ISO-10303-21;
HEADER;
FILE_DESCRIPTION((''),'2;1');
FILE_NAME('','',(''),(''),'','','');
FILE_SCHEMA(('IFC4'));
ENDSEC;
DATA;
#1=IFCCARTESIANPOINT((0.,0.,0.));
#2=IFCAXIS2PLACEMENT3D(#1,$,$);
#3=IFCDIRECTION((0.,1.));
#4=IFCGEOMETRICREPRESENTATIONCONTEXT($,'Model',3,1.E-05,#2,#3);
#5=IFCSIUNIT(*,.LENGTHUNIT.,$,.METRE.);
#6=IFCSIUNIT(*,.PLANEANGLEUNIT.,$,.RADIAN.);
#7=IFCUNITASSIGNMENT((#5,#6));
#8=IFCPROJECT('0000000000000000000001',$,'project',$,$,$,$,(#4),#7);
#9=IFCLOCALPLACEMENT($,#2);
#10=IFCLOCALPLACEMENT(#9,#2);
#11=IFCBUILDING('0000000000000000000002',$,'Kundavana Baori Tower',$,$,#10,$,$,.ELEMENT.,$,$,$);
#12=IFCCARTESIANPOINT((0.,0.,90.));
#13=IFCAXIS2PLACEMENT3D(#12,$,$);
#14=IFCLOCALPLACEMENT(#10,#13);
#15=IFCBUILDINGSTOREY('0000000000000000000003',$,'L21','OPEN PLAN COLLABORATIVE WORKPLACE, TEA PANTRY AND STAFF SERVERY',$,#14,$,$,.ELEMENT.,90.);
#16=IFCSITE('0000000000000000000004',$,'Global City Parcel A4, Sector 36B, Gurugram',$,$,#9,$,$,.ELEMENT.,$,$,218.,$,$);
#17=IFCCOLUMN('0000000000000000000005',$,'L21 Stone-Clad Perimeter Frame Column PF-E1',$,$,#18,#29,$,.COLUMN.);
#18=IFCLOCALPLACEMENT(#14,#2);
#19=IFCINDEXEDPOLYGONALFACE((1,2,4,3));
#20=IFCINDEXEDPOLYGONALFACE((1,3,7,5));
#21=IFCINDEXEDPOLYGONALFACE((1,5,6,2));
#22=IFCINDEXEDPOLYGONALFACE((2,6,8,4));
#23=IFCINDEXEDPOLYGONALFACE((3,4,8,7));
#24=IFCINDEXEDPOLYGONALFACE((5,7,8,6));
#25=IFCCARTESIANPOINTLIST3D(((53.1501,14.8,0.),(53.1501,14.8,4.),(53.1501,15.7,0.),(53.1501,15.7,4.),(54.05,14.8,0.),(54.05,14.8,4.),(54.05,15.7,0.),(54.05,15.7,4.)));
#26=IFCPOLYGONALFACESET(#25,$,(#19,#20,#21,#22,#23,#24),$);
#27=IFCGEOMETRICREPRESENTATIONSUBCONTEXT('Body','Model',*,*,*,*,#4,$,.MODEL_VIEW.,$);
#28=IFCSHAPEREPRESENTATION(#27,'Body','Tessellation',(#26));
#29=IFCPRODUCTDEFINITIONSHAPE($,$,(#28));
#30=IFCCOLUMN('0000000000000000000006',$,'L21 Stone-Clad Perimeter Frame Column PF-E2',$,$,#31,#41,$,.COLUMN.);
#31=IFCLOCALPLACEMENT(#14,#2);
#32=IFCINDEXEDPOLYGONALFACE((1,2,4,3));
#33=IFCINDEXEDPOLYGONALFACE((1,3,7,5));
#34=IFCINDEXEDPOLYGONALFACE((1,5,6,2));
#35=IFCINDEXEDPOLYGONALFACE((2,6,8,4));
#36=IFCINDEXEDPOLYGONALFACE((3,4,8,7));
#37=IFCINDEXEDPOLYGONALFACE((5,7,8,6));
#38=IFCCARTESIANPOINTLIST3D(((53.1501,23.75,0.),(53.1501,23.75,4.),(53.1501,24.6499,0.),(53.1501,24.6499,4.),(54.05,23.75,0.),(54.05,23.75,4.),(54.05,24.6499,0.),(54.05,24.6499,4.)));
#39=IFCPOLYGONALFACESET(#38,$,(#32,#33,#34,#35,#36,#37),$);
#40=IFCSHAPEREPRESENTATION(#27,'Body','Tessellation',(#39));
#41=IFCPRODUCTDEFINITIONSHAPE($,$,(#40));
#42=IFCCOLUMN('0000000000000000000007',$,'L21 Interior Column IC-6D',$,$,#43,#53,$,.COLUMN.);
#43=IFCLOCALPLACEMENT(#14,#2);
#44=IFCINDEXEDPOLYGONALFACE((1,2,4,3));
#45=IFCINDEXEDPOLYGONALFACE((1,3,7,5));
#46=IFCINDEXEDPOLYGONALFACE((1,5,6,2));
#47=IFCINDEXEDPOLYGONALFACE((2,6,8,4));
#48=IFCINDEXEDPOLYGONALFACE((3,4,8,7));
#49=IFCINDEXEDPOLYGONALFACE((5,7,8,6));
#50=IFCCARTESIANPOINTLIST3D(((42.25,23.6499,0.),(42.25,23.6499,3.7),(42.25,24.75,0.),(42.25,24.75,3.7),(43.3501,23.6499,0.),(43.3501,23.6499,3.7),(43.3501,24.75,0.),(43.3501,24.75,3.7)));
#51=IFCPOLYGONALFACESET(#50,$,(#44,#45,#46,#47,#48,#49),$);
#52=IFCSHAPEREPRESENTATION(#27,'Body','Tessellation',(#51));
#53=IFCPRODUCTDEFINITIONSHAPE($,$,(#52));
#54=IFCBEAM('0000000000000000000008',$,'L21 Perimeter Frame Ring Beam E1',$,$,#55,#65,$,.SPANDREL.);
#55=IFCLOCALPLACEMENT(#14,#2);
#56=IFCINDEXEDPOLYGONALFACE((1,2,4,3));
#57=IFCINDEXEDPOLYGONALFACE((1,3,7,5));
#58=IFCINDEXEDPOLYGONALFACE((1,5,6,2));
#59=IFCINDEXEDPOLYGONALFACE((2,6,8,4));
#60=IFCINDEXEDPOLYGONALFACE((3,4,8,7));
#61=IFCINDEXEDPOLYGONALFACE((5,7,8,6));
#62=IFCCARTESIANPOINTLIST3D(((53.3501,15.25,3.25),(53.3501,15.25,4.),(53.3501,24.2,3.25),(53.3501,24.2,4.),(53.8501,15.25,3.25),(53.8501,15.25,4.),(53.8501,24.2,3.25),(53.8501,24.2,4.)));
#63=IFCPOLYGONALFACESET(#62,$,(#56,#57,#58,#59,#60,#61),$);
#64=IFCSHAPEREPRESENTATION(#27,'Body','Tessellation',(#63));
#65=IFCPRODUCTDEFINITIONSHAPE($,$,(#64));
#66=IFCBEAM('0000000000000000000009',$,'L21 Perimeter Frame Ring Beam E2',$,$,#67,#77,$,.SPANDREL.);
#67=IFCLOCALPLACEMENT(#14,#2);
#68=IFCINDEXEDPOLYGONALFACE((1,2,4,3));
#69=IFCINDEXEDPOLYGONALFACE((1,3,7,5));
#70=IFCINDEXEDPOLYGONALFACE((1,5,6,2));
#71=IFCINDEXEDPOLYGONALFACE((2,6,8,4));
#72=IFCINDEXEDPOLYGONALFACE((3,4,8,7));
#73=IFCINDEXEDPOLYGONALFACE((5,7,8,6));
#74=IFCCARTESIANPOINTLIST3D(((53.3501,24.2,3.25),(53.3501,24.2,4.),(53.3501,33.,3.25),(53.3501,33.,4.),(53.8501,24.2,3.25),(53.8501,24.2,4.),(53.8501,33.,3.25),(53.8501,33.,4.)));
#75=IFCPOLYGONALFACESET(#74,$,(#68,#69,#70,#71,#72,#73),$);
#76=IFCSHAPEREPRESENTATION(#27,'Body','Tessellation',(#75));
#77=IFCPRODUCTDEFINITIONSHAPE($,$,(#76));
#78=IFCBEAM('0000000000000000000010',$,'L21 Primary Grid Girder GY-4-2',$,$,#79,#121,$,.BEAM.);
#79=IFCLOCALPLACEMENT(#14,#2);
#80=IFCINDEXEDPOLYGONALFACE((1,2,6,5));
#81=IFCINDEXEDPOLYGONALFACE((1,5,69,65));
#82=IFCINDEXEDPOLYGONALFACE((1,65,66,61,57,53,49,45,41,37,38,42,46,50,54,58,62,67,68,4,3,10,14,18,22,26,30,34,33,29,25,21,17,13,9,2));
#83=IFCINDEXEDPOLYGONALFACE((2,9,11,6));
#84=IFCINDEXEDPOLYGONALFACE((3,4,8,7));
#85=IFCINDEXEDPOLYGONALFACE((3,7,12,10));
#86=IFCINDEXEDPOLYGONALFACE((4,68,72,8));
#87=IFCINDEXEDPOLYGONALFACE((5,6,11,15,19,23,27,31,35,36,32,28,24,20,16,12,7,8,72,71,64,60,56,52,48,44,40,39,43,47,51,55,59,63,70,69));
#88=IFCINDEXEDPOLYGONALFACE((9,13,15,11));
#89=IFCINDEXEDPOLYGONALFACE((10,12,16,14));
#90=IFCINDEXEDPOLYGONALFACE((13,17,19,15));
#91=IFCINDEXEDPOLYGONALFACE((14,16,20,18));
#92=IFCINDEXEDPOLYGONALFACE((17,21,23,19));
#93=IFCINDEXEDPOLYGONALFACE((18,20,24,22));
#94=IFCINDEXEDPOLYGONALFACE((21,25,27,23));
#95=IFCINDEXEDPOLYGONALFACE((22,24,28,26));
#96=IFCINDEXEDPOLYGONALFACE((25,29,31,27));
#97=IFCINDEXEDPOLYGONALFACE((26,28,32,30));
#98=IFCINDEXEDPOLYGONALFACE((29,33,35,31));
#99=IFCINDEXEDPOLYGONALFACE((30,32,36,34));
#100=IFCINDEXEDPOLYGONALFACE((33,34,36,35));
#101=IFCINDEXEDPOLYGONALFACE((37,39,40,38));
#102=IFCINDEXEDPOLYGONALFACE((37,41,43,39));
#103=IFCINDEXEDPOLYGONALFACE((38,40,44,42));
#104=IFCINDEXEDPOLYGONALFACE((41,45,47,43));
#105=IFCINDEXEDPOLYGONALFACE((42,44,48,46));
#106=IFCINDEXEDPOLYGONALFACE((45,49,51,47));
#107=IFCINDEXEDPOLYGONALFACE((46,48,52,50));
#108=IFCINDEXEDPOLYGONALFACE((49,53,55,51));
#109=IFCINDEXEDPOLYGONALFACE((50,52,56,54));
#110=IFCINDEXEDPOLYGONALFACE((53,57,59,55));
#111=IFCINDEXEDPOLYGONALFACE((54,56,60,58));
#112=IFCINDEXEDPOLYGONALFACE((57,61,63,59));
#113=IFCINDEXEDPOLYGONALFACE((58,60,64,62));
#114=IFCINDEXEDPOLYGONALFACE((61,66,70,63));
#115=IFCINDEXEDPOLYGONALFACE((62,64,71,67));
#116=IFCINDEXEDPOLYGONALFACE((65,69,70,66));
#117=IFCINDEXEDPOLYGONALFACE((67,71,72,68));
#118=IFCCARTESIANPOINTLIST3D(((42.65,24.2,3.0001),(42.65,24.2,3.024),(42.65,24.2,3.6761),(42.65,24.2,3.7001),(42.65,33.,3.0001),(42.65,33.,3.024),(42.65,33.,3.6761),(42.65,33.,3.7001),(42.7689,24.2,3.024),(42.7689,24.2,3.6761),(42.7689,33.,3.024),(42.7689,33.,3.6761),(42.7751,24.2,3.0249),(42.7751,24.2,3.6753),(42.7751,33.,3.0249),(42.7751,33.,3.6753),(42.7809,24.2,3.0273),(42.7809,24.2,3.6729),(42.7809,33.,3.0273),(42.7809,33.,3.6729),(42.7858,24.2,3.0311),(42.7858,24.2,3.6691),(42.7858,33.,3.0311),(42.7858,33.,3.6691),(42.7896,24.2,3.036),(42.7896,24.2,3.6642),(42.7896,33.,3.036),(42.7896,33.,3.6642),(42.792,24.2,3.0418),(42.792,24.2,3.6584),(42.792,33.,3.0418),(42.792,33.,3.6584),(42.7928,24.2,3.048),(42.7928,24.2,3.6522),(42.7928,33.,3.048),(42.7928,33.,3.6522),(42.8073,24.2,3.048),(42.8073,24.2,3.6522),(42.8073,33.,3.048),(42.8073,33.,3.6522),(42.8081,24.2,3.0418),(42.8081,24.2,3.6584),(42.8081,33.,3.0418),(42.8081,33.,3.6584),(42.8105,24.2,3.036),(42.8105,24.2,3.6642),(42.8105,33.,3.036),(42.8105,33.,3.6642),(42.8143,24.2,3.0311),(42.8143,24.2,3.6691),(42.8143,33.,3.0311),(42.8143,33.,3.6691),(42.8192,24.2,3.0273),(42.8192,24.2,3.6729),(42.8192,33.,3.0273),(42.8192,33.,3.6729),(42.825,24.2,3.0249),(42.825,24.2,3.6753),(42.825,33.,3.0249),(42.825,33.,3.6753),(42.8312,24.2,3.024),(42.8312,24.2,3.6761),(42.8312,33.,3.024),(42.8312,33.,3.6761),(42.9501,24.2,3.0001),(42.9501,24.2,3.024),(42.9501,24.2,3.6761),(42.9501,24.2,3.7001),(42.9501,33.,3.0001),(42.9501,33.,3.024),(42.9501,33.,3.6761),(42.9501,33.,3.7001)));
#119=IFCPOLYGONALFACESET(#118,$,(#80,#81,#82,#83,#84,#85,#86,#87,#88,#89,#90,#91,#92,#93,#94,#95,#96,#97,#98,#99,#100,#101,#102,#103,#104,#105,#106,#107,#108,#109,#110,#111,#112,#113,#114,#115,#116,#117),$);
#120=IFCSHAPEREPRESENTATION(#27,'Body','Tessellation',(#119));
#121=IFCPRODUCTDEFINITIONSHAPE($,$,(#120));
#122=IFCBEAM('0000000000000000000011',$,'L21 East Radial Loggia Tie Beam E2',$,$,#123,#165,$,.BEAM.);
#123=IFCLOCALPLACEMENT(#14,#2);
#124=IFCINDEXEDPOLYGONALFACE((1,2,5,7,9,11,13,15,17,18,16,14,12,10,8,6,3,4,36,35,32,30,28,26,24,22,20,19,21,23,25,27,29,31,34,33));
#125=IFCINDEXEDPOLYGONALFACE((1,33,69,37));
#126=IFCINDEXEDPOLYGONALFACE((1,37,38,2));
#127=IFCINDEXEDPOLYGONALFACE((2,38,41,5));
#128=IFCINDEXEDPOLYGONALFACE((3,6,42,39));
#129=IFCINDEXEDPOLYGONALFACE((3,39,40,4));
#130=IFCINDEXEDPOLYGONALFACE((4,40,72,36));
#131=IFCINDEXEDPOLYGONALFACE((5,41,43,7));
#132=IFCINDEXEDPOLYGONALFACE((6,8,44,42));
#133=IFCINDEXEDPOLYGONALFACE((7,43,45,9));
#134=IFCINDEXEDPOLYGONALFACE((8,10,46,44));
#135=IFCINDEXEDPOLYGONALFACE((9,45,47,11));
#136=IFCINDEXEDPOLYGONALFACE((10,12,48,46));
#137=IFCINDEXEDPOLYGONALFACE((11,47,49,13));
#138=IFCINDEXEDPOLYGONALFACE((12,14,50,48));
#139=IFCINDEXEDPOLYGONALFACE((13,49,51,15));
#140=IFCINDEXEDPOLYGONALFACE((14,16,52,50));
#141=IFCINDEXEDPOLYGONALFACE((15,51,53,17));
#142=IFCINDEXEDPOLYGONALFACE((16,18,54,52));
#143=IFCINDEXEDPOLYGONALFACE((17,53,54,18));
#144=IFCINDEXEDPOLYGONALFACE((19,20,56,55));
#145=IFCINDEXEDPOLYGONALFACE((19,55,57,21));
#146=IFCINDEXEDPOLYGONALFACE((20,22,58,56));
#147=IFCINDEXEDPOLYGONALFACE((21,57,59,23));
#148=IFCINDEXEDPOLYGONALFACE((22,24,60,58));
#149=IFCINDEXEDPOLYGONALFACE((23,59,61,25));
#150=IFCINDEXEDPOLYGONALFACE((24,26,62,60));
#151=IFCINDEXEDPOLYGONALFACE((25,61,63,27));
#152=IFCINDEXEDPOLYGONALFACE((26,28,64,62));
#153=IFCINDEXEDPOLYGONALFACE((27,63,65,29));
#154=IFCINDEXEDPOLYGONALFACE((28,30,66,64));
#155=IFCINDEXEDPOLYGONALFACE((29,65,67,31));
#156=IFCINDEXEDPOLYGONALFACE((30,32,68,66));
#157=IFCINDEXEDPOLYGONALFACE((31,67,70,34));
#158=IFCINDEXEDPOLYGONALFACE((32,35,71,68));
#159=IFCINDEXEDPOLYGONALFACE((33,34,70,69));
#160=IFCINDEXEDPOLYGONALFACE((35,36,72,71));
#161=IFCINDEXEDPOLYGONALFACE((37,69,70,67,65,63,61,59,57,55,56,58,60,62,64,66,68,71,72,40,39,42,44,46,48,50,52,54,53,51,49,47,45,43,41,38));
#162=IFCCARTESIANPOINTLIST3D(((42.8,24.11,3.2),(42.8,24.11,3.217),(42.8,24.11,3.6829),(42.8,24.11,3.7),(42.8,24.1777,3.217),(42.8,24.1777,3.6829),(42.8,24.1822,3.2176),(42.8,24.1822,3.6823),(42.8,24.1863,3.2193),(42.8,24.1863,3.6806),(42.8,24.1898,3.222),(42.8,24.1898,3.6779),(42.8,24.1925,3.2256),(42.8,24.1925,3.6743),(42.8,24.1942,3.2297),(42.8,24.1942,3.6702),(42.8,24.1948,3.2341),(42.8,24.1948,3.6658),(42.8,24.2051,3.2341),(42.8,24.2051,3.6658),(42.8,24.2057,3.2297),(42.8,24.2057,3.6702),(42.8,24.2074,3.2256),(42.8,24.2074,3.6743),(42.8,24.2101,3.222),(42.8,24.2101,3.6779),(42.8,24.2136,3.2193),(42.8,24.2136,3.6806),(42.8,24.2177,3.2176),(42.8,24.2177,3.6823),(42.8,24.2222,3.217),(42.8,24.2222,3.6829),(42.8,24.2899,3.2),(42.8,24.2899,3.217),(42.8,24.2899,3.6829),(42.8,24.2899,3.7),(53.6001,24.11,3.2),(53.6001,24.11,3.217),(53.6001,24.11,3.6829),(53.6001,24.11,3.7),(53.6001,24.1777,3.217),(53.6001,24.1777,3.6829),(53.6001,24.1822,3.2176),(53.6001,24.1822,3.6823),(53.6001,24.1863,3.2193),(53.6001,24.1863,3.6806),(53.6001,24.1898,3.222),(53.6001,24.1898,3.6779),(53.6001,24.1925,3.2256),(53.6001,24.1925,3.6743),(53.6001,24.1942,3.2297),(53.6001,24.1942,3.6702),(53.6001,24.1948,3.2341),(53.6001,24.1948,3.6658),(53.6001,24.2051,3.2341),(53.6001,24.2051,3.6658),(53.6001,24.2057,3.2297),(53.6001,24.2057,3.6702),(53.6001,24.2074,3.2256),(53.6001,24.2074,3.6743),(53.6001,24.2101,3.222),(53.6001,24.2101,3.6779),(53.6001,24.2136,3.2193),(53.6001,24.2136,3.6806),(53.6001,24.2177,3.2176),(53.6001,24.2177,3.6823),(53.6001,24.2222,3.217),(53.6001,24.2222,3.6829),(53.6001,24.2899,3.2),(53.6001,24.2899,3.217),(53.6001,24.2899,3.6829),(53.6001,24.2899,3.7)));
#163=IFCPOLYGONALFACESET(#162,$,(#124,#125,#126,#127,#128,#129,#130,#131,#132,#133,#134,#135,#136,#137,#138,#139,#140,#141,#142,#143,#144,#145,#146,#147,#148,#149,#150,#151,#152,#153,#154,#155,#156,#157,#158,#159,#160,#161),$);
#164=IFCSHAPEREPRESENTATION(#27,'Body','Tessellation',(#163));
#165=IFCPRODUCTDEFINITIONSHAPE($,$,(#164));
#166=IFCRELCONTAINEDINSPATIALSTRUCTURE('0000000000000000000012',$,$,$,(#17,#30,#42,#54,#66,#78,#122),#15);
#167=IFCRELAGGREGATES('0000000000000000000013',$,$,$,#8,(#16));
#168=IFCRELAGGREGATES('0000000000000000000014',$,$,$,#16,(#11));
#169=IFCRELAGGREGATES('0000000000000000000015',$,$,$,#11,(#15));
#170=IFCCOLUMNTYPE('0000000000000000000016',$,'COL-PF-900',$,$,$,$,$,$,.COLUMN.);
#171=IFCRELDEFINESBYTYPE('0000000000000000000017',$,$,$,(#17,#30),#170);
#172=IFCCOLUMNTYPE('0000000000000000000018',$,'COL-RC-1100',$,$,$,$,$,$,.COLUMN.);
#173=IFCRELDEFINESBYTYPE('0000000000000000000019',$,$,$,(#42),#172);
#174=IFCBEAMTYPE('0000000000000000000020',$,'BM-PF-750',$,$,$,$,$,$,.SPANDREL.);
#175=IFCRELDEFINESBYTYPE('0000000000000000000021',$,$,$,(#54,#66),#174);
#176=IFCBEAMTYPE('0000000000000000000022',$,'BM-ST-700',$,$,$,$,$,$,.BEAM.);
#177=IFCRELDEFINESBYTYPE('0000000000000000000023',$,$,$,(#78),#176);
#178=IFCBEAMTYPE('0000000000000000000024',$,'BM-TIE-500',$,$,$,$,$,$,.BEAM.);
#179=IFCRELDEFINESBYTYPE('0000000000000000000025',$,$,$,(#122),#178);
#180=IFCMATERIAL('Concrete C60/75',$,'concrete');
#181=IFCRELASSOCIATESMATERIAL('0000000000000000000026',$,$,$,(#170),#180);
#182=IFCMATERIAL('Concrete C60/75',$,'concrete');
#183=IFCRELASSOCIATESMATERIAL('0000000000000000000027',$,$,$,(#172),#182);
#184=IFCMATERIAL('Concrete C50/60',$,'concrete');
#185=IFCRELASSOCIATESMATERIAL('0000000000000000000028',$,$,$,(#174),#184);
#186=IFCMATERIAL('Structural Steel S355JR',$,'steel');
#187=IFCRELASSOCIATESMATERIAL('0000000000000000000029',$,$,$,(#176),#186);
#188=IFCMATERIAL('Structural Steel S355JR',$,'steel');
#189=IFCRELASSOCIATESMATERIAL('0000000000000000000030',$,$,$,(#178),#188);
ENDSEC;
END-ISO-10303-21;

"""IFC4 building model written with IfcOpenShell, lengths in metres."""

from ifc_helpers import new_model, si_unit, direction, frame, origin, origin_2d, place, context, subcontext, project, spatial, rectangle, i_section, extrude, material, material_profile, profile_set, type_object, element, save


model = new_model("IFC4")

# Units and contexts
model_context = context("Model", 3, precision=1e-05, world=origin(), true_north=direction((0.0, 1.0)))
body_context = subcontext(model_context, "Body", "Model", "MODEL_VIEW")
ifc_project = project(units=[si_unit("LENGTHUNIT", "METRE"), si_unit("PLANEANGLEUNIT", "RADIAN")], contexts=[model_context])

# Site, building, storey
site_placement = place(None, origin())
site = spatial("IfcSite", under=ifc_project, at=site_placement, Name="Global City Parcel A4, Sector 36B, Gurugram", CompositionType="ELEMENT", RefElevation=218.0)
building_placement = place(site_placement, origin())
building = spatial("IfcBuilding", under=site, at=building_placement, Name="Kundavana Baori Tower", CompositionType="ELEMENT")
storey_placement = place(building_placement, frame((0.0, 0.0, 90.0)))
storey = spatial("IfcBuildingStorey", under=building, at=storey_placement, Name="L21", Description="OPEN PLAN COLLABORATIVE WORKPLACE, TEA PANTRY AND STAFF SERVERY", CompositionType="ELEMENT", Elevation=90.0)

# Columns
ifc_material_1 = material(Name="Concrete C60/75", Category="concrete")
ifc_material_profile_1 = material_profile(ifc_material_1, rectangle(XDim=0.8999, YDim=0.8999, at=origin_2d()), Name="RC PF 900x900")
ifc_profile_set_1 = profile_set([ifc_material_profile_1], Name="Concrete C60/75")
column_type_1 = type_object("IfcColumnType", Name="COL-PF-900", PredefinedType="COLUMN", material=ifc_profile_set_1)
for number, where, z_axis, x_axis, name in (
    (1, (53.6001, 15.25, 0.0), (0.0, 0.0, 1.0), (1.0, 0.0, 0.0), "L21 Stone-Clad Perimeter Frame Column PF-E1"),
    (2, (53.6001, 24.2, 0.0), (0.0, 0.0, 1.0), (1.0, 0.0, 0.0), "L21 Stone-Clad Perimeter Frame Column PF-E2"),
):
    element("IfcColumn", number, at=place(storey_placement, frame(where, z_axis=z_axis, x_axis=x_axis)), inside=storey, type_object=column_type_1, Name=name, PredefinedType="COLUMN", context=body_context, shape_type="SweptSolid", body=[
        extrude(rectangle(XDim=0.8999, YDim=0.8999, at=origin_2d()), origin(), (0.0, 0.0, 1.0), 4.0),
    ])
ifc_material_2 = material(Name="Concrete C60/75", Category="concrete")
ifc_material_profile_2 = material_profile(ifc_material_2, rectangle(XDim=1.1001, YDim=1.1001, at=origin_2d()), Name="RC 1100x1100")
ifc_profile_set_2 = profile_set([ifc_material_profile_2], Name="Concrete C60/75")
column_type_2 = type_object("IfcColumnType", Name="COL-RC-1100", PredefinedType="COLUMN", material=ifc_profile_set_2)
column_placement = place(storey_placement, frame((42.8, 24.2, 0.0), z_axis=(0.0, 0.0, 1.0), x_axis=(1.0, 0.0, 0.0)))
element("IfcColumn", 3, at=column_placement, inside=storey, type_object=column_type_2, Name="L21 Interior Column IC-6D", PredefinedType="COLUMN", context=body_context, shape_type="SweptSolid", body=[
    extrude(rectangle(XDim=1.1001, YDim=1.1001, at=origin_2d()), origin(), (0.0, 0.0, 1.0), 3.7),
])

# Beams
ifc_material_3 = material(Name="Concrete C50/60", Category="concrete")
ifc_material_profile_3 = material_profile(ifc_material_3, rectangle(XDim=0.5, YDim=0.75, at=origin_2d()), Name="RC BM 500x750")
ifc_profile_set_3 = profile_set([ifc_material_profile_3], Name="Concrete C50/60")
beam_type_1 = type_object("IfcBeamType", Name="BM-PF-750", PredefinedType="SPANDREL", material=ifc_profile_set_3)
beam_1_placement = place(storey_placement, frame((53.6001, 15.25, 3.625), z_axis=(0.0, 1.0, 0.0), x_axis=(-1.0, 0.0, 0.0)))
element("IfcBeam", 4, at=beam_1_placement, inside=storey, type_object=beam_type_1, Name="L21 Perimeter Frame Ring Beam E1", PredefinedType="SPANDREL", context=body_context, shape_type="SweptSolid", body=[
    extrude(rectangle(XDim=0.5, YDim=0.75, at=origin_2d()), origin(), (0.0, 0.0, 1.0), 8.95),
])
beam_2_placement = place(storey_placement, frame((53.6001, 24.2, 3.625), z_axis=(0.0, 1.0, 0.0), x_axis=(-1.0, 0.0, 0.0)))
element("IfcBeam", 5, at=beam_2_placement, inside=storey, type_object=beam_type_1, Name="L21 Perimeter Frame Ring Beam E2", PredefinedType="SPANDREL", context=body_context, shape_type="SweptSolid", body=[
    extrude(rectangle(XDim=0.5, YDim=0.75, at=origin_2d()), origin(), (0.0, 0.0, 1.0), 8.8),
])
ifc_material_4 = material(Name="Structural Steel S355JR", Category="steel")
ifc_material_profile_4 = material_profile(ifc_material_4, i_section(OverallWidth=0.3, OverallDepth=0.7, WebThickness=0.0144, FlangeThickness=0.0239, FilletRadius=0.0239, at=origin_2d()), Name="NPB 700x300x170")
ifc_profile_set_4 = profile_set([ifc_material_profile_4], Name="Structural Steel S355JR")
beam_type_2 = type_object("IfcBeamType", Name="BM-ST-700", PredefinedType="BEAM", material=ifc_profile_set_4)
beam_3_placement = place(storey_placement, frame((42.8, 24.2, 3.3501), z_axis=(0.0, 1.0, 0.0), x_axis=(-1.0, 0.0, 0.0)))
element("IfcBeam", 6, at=beam_3_placement, inside=storey, type_object=beam_type_2, Name="L21 Primary Grid Girder GY-4-2", PredefinedType="BEAM", context=body_context, shape_type="SweptSolid", body=[
    extrude(i_section(OverallWidth=0.3, OverallDepth=0.7, WebThickness=0.0144, FlangeThickness=0.0239, FilletRadius=0.0239, at=origin_2d()), origin(), (0.0, 0.0, 1.0), 8.8),
])
ifc_material_5 = material(Name="Structural Steel S355JR", Category="steel")
ifc_material_profile_5 = material_profile(ifc_material_5, i_section(OverallWidth=0.1799, OverallDepth=0.5, WebThickness=0.0103, FlangeThickness=0.0171, FilletRadius=0.0171, at=origin_2d()), Name="ISMB 500")
ifc_profile_set_5 = profile_set([ifc_material_profile_5], Name="Structural Steel S355JR")
beam_type_3 = type_object("IfcBeamType", Name="BM-TIE-500", PredefinedType="BEAM", material=ifc_profile_set_5)
beam_4_placement = place(storey_placement, frame((42.8, 24.2, 3.45), z_axis=(1.0, 0.0, 0.0), x_axis=(0.0, 1.0, 0.0)))
element("IfcBeam", 7, at=beam_4_placement, inside=storey, type_object=beam_type_3, Name="L21 East Radial Loggia Tie Beam E2", PredefinedType="BEAM", context=body_context, shape_type="SweptSolid", body=[
    extrude(i_section(OverallWidth=0.1799, OverallDepth=0.5, WebThickness=0.0103, FlangeThickness=0.0171, FilletRadius=0.0171, at=origin_2d()), origin(), (0.0, 0.0, 1.0), 10.8),
])

save(model, "model.ifc")
